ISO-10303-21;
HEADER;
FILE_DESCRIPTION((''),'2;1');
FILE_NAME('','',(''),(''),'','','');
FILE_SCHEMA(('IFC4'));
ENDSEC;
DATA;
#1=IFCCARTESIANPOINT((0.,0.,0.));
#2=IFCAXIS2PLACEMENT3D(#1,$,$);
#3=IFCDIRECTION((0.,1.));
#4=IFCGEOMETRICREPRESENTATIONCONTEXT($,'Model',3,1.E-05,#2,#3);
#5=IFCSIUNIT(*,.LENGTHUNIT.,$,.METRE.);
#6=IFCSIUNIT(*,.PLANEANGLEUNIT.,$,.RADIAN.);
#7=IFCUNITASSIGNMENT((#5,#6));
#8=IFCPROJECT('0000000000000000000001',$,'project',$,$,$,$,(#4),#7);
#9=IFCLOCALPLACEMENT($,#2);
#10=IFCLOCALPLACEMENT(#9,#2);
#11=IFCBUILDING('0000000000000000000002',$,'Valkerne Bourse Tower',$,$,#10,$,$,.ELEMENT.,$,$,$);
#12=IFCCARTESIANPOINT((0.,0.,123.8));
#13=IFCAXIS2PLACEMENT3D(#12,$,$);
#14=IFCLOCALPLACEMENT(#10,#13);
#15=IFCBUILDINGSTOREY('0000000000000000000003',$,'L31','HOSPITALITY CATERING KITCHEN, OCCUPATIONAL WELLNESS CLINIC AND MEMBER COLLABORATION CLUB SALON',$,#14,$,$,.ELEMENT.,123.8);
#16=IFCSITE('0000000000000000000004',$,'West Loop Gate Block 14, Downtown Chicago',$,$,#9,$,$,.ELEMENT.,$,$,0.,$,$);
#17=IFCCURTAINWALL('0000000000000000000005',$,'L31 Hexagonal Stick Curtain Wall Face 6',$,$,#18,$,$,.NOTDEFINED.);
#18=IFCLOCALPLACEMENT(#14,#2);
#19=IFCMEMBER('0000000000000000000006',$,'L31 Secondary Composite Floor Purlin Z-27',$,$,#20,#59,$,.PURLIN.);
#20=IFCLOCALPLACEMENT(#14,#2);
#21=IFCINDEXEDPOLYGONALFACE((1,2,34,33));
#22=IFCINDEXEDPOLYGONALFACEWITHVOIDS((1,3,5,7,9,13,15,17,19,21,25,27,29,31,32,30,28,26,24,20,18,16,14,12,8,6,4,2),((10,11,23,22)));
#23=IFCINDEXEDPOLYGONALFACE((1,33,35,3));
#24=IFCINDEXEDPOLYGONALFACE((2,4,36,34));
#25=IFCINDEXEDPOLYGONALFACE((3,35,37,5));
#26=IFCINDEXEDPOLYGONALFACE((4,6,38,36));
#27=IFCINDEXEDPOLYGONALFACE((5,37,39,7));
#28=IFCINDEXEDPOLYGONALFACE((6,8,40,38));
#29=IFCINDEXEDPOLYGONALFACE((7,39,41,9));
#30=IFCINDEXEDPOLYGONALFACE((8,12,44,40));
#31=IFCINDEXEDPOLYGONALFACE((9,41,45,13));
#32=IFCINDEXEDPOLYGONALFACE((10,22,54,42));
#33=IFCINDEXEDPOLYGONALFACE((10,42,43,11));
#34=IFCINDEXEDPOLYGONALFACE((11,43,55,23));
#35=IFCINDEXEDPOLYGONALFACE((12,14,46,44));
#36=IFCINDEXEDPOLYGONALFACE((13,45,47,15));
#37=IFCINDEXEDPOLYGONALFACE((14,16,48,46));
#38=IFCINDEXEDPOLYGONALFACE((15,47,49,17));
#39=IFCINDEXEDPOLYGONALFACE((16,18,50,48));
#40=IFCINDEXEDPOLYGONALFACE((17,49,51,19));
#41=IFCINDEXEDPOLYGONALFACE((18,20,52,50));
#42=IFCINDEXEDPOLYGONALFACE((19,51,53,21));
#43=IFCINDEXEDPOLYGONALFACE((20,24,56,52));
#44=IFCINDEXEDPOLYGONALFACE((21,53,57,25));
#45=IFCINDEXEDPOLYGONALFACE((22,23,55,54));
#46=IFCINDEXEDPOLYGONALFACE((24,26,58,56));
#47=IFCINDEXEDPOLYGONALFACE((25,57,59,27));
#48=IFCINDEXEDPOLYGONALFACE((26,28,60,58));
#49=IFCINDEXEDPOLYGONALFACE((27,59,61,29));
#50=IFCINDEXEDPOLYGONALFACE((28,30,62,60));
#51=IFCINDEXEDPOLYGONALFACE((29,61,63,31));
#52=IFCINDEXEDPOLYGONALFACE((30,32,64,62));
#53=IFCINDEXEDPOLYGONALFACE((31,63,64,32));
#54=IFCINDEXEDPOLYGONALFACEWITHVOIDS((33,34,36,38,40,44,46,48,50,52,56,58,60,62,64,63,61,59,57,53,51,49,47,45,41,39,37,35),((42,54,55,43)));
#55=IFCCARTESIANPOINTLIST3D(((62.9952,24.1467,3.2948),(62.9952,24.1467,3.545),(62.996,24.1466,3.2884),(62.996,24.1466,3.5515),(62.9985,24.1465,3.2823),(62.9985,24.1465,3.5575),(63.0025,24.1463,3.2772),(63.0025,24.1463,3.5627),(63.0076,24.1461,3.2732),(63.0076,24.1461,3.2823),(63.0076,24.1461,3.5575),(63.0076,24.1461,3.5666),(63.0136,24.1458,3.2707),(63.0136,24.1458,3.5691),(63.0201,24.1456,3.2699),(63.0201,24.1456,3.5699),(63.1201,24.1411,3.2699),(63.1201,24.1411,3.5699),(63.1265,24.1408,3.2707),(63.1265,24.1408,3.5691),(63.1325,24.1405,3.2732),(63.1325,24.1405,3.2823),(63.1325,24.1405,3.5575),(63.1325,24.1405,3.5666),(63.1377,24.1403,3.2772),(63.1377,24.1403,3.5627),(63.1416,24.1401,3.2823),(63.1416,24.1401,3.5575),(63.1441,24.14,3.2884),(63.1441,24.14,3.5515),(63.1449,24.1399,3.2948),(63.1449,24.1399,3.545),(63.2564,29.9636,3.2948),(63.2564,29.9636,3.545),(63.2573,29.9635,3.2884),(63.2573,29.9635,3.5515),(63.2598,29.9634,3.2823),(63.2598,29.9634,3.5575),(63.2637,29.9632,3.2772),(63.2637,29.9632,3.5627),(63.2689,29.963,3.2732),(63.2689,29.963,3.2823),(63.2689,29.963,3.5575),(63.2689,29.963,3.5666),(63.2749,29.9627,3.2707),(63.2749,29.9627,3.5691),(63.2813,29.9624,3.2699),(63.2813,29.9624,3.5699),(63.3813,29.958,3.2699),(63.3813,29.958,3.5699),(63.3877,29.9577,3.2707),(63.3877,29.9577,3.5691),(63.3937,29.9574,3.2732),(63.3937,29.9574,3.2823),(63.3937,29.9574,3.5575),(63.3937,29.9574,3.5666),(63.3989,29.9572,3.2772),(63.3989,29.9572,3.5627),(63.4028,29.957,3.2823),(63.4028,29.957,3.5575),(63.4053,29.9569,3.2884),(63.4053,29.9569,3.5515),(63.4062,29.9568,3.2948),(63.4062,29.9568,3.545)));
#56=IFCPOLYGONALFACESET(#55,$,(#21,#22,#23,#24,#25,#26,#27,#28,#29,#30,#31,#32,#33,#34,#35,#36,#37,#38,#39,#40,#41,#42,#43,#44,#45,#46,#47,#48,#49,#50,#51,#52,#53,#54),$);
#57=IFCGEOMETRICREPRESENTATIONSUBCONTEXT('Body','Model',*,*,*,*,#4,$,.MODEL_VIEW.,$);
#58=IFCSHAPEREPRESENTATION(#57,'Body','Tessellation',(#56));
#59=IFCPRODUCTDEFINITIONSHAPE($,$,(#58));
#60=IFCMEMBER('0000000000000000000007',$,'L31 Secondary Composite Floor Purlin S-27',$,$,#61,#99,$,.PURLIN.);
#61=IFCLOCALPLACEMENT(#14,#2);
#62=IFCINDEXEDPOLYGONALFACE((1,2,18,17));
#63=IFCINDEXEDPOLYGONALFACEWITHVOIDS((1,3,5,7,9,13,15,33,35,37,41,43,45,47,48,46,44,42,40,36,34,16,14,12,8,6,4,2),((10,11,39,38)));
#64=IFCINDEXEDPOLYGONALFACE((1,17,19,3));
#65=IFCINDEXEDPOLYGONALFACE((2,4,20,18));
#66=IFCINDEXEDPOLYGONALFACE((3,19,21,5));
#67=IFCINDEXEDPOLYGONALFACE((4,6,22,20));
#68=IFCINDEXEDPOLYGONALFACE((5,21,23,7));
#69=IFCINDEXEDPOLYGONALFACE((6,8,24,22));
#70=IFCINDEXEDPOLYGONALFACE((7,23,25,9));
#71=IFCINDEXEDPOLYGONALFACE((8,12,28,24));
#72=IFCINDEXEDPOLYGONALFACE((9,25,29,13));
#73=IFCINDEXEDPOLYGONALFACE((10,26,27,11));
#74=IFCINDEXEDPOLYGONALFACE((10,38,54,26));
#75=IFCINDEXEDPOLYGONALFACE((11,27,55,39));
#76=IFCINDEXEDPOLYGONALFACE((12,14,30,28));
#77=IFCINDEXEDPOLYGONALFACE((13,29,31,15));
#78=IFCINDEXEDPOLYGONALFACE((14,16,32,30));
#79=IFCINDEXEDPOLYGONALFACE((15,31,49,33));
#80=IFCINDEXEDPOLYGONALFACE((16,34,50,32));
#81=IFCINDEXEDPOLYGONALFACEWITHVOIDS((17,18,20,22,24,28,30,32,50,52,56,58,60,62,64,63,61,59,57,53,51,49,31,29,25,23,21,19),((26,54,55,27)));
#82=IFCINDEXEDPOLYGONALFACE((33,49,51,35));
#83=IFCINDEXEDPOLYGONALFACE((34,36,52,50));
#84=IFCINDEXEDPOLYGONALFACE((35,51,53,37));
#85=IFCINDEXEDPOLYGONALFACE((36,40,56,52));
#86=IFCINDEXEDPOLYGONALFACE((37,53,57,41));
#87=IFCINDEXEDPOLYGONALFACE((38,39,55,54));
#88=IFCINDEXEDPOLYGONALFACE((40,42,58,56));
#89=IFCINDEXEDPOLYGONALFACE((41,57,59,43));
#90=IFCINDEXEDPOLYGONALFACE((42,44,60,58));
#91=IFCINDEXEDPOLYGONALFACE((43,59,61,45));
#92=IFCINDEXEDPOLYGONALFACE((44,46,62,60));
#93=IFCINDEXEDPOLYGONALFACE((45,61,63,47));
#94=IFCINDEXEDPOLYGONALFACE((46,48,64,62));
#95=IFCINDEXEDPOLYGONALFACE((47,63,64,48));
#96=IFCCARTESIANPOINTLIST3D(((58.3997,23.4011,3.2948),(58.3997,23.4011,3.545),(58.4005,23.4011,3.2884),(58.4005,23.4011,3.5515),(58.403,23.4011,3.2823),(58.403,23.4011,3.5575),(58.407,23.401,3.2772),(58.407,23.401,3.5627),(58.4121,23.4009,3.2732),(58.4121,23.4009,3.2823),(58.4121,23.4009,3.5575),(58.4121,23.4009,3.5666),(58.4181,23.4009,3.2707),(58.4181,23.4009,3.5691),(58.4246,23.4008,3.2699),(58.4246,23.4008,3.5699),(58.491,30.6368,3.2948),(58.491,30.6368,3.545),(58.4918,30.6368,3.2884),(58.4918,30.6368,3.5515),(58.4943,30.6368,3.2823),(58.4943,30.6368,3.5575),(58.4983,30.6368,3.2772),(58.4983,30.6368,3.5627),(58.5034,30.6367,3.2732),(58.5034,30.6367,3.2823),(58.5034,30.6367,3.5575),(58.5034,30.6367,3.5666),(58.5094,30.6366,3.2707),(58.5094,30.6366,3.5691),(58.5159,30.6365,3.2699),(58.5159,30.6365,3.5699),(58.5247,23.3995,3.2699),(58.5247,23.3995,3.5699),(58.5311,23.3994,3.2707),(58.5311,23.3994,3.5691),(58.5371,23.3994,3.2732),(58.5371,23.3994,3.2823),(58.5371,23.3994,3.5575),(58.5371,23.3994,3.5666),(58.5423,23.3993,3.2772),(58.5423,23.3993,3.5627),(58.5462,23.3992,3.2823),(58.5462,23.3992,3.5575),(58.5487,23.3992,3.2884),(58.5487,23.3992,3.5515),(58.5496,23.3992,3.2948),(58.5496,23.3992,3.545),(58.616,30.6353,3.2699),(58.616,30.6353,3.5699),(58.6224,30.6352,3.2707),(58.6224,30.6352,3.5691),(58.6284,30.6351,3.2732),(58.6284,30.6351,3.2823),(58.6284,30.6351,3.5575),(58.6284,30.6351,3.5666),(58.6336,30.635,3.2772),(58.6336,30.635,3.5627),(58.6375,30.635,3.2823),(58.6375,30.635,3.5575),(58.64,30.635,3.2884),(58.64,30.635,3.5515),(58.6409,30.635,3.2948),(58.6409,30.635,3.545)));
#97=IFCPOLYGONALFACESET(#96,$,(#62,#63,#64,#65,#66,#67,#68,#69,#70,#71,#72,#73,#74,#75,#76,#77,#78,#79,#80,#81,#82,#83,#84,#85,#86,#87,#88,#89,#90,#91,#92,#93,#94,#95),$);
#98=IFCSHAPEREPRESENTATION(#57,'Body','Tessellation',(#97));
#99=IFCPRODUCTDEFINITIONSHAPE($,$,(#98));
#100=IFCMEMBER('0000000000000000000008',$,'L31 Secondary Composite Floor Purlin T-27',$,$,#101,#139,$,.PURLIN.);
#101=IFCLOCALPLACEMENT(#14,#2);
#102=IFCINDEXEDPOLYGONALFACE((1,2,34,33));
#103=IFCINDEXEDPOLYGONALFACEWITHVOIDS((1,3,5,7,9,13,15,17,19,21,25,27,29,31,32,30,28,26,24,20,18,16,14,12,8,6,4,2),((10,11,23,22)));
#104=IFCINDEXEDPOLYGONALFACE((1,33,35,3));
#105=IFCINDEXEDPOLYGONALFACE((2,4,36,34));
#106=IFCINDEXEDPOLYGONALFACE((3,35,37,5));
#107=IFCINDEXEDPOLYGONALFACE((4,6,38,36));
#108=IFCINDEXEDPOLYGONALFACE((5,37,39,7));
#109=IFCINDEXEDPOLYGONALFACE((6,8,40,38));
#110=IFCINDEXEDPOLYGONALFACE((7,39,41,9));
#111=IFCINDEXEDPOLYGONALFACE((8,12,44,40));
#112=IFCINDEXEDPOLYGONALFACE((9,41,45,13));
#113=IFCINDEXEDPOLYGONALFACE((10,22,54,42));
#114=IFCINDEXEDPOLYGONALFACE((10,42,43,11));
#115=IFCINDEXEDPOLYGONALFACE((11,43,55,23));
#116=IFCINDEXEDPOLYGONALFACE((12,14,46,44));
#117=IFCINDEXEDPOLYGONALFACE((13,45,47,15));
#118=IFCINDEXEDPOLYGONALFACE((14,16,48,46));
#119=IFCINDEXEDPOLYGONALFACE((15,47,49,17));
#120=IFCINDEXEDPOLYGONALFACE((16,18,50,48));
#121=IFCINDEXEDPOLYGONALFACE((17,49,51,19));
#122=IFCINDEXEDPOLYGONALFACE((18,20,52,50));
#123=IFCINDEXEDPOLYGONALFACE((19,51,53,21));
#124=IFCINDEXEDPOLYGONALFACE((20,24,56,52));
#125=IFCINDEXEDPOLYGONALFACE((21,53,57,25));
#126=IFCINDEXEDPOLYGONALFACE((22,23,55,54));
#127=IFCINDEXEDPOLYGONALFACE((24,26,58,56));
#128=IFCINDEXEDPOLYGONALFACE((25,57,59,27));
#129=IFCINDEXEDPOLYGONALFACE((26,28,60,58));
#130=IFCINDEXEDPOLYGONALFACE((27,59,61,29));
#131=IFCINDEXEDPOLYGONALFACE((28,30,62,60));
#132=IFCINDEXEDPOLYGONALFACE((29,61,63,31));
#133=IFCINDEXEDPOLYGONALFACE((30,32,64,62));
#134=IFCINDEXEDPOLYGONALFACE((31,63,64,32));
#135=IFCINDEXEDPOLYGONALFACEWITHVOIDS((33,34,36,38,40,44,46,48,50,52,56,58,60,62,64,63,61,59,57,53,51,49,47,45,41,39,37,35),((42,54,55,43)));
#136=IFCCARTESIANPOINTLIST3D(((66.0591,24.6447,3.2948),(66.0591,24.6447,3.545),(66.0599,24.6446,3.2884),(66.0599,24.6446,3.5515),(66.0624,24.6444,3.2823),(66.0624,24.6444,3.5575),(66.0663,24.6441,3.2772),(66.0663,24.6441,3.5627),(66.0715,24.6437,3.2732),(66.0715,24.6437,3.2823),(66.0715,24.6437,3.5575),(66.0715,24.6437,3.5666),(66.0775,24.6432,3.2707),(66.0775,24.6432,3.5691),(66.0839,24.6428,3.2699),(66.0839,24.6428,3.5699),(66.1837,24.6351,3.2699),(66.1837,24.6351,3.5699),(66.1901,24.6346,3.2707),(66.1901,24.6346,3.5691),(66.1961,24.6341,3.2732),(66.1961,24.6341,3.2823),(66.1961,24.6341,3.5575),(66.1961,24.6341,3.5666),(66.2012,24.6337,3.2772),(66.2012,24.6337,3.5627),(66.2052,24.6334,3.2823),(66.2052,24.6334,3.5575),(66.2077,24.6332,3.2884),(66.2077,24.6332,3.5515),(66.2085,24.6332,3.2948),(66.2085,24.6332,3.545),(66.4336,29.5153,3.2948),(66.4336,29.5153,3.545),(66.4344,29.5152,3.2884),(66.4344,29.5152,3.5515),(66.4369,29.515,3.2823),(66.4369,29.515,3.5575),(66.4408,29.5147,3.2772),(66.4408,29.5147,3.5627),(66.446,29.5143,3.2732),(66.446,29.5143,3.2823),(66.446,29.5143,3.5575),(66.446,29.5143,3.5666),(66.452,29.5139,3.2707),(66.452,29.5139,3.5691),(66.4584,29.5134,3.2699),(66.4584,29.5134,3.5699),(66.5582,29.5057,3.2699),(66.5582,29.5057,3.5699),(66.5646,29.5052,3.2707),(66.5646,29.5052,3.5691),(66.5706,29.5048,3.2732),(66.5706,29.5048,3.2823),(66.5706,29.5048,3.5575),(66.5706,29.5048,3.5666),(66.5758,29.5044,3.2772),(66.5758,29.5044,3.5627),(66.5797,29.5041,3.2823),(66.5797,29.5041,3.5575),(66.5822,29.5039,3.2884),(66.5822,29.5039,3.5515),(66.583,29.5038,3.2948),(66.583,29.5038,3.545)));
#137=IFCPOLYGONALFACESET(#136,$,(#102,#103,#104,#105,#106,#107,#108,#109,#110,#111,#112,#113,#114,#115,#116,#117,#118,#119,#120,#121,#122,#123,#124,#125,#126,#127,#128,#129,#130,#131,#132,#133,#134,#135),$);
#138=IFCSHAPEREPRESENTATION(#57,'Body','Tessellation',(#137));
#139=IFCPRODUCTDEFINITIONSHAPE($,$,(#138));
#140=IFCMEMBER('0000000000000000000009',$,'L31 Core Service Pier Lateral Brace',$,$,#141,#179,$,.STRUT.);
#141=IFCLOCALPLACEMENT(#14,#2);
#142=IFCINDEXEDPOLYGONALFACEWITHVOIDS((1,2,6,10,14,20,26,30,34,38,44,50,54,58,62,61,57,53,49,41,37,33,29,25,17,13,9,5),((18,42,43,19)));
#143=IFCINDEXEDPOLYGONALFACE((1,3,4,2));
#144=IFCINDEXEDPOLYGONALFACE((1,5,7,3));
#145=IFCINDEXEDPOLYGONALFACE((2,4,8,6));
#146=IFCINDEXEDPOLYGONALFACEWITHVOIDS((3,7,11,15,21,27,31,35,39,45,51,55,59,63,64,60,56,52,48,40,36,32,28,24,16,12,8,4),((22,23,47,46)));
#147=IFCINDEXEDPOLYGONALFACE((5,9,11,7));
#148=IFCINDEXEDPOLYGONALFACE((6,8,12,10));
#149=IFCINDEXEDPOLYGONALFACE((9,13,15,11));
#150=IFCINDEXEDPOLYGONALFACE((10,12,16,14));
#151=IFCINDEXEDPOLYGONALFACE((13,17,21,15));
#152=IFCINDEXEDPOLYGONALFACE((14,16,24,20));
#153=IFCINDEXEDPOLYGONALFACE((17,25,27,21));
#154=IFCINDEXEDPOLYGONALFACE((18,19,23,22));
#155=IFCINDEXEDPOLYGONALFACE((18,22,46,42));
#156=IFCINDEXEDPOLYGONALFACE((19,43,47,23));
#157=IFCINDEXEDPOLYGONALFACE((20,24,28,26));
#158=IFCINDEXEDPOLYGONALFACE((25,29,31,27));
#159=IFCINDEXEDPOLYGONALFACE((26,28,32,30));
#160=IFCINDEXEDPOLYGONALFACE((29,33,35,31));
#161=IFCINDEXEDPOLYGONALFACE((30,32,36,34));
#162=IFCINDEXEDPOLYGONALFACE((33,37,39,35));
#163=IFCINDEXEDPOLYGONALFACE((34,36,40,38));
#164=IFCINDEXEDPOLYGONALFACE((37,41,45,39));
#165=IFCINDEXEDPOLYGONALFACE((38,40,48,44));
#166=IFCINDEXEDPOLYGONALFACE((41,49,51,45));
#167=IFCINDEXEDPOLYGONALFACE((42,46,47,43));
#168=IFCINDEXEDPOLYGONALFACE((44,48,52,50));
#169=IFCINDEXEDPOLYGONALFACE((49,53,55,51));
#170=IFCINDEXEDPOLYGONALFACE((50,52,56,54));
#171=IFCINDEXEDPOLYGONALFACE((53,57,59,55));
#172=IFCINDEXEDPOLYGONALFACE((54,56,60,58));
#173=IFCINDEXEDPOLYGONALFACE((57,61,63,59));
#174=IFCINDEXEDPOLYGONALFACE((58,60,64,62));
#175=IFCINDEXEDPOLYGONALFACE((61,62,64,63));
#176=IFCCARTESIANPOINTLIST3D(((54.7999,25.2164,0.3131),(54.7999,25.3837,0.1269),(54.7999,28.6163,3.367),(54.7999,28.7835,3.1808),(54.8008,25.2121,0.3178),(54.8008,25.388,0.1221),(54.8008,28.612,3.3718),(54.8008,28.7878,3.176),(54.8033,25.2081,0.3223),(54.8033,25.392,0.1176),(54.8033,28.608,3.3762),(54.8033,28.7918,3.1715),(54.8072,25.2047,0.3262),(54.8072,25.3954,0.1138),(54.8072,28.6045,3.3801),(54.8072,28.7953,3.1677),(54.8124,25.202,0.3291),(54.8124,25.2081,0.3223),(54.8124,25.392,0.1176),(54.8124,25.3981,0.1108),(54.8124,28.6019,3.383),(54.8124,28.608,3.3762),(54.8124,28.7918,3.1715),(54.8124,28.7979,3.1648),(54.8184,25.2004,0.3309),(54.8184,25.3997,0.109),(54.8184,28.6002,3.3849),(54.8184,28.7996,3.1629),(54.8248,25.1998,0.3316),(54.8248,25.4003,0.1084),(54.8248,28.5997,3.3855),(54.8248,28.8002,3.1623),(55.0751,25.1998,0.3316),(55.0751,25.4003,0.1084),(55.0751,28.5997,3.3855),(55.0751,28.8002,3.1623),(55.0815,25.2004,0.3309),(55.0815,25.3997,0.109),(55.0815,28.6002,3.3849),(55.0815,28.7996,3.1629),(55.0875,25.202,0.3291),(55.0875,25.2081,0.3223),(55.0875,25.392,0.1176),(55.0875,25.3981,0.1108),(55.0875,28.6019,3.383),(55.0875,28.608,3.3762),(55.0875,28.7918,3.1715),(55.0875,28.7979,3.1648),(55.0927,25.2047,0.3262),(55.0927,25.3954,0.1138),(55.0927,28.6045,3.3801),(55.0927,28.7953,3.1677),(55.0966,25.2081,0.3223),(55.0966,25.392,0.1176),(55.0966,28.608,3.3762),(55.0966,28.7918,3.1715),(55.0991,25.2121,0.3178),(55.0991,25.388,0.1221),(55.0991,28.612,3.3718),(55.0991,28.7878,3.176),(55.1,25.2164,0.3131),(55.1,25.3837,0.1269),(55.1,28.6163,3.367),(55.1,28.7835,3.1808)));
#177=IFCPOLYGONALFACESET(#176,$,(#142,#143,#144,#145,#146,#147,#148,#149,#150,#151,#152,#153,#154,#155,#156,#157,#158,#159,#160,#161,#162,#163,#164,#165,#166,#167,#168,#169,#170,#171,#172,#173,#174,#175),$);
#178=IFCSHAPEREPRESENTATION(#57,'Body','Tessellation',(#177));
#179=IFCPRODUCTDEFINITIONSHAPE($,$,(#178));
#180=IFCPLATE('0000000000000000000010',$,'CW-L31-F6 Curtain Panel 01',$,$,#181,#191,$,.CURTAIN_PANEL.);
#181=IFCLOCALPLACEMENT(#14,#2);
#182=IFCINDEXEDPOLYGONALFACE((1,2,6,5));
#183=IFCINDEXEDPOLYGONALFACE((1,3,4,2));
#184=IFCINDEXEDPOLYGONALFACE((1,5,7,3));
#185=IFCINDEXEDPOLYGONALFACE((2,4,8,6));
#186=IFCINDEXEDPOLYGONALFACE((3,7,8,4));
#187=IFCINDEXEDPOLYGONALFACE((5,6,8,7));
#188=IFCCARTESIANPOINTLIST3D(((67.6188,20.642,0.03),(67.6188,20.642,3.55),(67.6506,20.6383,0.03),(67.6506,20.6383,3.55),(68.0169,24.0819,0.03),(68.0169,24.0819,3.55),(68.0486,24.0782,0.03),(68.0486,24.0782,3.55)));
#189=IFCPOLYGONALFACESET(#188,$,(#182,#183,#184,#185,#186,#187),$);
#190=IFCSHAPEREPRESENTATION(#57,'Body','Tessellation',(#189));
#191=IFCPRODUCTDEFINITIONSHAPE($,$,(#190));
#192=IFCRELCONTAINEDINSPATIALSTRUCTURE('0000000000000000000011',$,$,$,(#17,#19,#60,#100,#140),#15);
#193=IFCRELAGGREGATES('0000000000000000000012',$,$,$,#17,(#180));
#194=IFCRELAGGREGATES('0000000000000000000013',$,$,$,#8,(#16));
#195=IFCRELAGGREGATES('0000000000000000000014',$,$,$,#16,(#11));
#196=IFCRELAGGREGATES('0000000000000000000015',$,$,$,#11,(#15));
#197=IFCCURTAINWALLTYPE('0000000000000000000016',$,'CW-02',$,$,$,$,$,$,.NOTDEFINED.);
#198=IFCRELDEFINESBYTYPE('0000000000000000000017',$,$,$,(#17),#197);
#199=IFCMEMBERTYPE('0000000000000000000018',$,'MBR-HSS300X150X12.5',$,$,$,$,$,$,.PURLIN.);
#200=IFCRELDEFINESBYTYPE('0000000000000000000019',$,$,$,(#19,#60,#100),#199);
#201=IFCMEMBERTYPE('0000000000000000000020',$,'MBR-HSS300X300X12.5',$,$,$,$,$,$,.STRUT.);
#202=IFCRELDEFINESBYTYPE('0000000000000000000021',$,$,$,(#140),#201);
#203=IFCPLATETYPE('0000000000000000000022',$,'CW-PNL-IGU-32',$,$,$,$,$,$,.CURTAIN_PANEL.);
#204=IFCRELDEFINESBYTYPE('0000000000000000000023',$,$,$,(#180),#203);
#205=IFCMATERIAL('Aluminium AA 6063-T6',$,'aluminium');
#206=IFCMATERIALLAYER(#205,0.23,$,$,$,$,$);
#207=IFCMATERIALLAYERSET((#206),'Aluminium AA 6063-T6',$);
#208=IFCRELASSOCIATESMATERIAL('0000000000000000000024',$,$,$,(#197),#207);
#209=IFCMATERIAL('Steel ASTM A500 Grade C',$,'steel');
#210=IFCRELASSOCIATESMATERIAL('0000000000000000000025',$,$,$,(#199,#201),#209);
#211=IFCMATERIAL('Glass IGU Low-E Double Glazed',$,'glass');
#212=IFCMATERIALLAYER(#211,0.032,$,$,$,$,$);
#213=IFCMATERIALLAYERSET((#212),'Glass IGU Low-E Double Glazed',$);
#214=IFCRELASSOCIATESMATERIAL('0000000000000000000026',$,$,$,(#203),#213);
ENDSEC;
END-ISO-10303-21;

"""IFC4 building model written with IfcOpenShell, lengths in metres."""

from ifc_helpers import new_model, si_unit, direction, frame, origin, origin_2d, place, context, subcontext, project, spatial, rectangle, hollow_rectangle, extrude, material, layer, layer_set, material_profile, profile_set, type_object, element, aggregate, save


model = new_model("IFC4")

# Units and contexts
model_context = context("Model", 3, precision=1e-05, world=origin(), true_north=direction((0.0, 1.0)))
body_context = subcontext(model_context, "Body", "Model", "MODEL_VIEW")
ifc_project = project(units=[si_unit("LENGTHUNIT", "METRE"), si_unit("PLANEANGLEUNIT", "RADIAN")], contexts=[model_context])

# Site, building, storey
site_placement = place(None, origin())
site = spatial("IfcSite", under=ifc_project, at=site_placement, Name="West Loop Gate Block 14, Downtown Chicago", CompositionType="ELEMENT", RefElevation=0.0)
building_placement = place(site_placement, origin())
building = spatial("IfcBuilding", under=site, at=building_placement, Name="Valkerne Bourse Tower", CompositionType="ELEMENT")
storey_placement = place(building_placement, frame((0.0, 0.0, 123.8)))
storey = spatial("IfcBuildingStorey", under=building, at=storey_placement, Name="L31", Description="HOSPITALITY CATERING KITCHEN, OCCUPATIONAL WELLNESS CLINIC AND MEMBER COLLABORATION CLUB SALON", CompositionType="ELEMENT", Elevation=123.8)

# Curtain wall
ifc_material_1 = material(Name="Aluminium AA 6063-T6", Category="aluminium")
ifc_layer_1 = layer(ifc_material_1, 0.23)
ifc_layer_set_1 = layer_set([ifc_layer_1], Name="Aluminium AA 6063-T6")
curtain_wall_type = type_object("IfcCurtainWallType", Name="CW-02", PredefinedType="NOTDEFINED", material=ifc_layer_set_1)
curtain_wall_placement = place(storey_placement, origin())
curtain_wall = element("IfcCurtainWall", 1, at=curtain_wall_placement, inside=storey, type_object=curtain_wall_type, Name="L31 Hexagonal Stick Curtain Wall Face 6", PredefinedType="NOTDEFINED")

# Members
ifc_material_2 = material(Name="Steel ASTM A500 Grade C", Category="steel")
ifc_material_profile_1 = material_profile(ifc_material_2, hollow_rectangle(XDim=0.1499, YDim=0.3, WallThickness=0.0125, OuterFilletRadius=0.0249, at=origin_2d()), Name="HSS300X150X12.5")
ifc_profile_set_1 = profile_set([ifc_material_profile_1], Name="Steel ASTM A500 Grade C")
member_type_1 = type_object("IfcMemberType", Name="MBR-HSS300X150X12.5", PredefinedType="PURLIN", material=ifc_profile_set_1)
member_1_placement = place(storey_placement, frame((63.0701, 24.1433, 3.4199), z_axis=(0.044864, 0.998993, 0.0), x_axis=(-0.998993, 0.044864, 0.0)))
element("IfcMember", 2, at=member_1_placement, inside=storey, type_object=member_type_1, Name="L31 Secondary Composite Floor Purlin Z-27", PredefinedType="PURLIN", context=body_context, shape_type="SweptSolid", body=[
    extrude(hollow_rectangle(XDim=0.1499, YDim=0.3, WallThickness=0.0125, OuterFilletRadius=0.0249, at=origin_2d()), origin(), (0.0, 0.0, 1.0), 5.8228),
])
member_2_placement = place(storey_placement, frame((58.4746, 23.4001, 3.4199), z_axis=(0.012618, 0.99992, 0.0), x_axis=(-0.99992, 0.012618, 0.0)))
element("IfcMember", 3, at=member_2_placement, inside=storey, type_object=member_type_1, Name="L31 Secondary Composite Floor Purlin S-27", PredefinedType="PURLIN", context=body_context, shape_type="SweptSolid", body=[
    extrude(hollow_rectangle(XDim=0.1499, YDim=0.3, WallThickness=0.0125, OuterFilletRadius=0.0249, at=origin_2d()), origin(), (0.0, 0.0, 1.0), 7.2363),
])
member_3_placement = place(storey_placement, frame((66.1338, 24.6389, 3.4199), z_axis=(0.076666, 0.997057, 0.0), x_axis=(-0.997057, 0.076666, 0.0)))
element("IfcMember", 4, at=member_3_placement, inside=storey, type_object=member_type_1, Name="L31 Secondary Composite Floor Purlin T-27", PredefinedType="PURLIN", context=body_context, shape_type="SweptSolid", body=[
    extrude(hollow_rectangle(XDim=0.1499, YDim=0.3, WallThickness=0.0125, OuterFilletRadius=0.0249, at=origin_2d()), origin(), (0.0, 0.0, 1.0), 4.885),
])
ifc_material_profile_2 = material_profile(ifc_material_2, hollow_rectangle(XDim=0.3, YDim=0.3, WallThickness=0.0125, OuterFilletRadius=0.0249, at=origin_2d()), Name="HSS300X300X12.5")
ifc_profile_set_2 = profile_set([ifc_material_profile_2], Name="Steel ASTM A500 Grade C")
member_type_2 = type_object("IfcMemberType", Name="MBR-HSS300X300X12.5", PredefinedType="STRUT", material=ifc_profile_set_2)
member_4_placement = place(storey_placement, frame((54.95, 25.3, 0.22), z_axis=(0.0, 0.743942, 0.668244), x_axis=(-1.0, 0.0, 0.0)))
element("IfcMember", 5, at=member_4_placement, inside=storey, type_object=member_type_2, Name="L31 Core Service Pier Lateral Brace", PredefinedType="STRUT", context=body_context, shape_type="SweptSolid", body=[
    extrude(hollow_rectangle(XDim=0.3, YDim=0.3, WallThickness=0.0125, OuterFilletRadius=0.0249, at=origin_2d()), origin(), (0.0, 0.0, 1.0), 4.5701),
])

# Plate
ifc_material_3 = material(Name="Glass IGU Low-E Double Glazed", Category="glass")
ifc_layer_2 = layer(ifc_material_3, 0.032)
ifc_layer_set_2 = layer_set([ifc_layer_2], Name="Glass IGU Low-E Double Glazed")
plate_type_1 = type_object("IfcPlateType", Name="CW-PNL-IGU-32", PredefinedType="CURTAIN_PANEL", material=ifc_layer_set_2)
plate_1_placement = place(storey_placement, frame((67.8337, 22.3601, 0.03), z_axis=(0.0, 0.0, 1.0), x_axis=(0.114945, 0.993372, 0.0)))
plate_1 = element("IfcPlate", 6, at=plate_1_placement, type_object=plate_type_1, Name="CW-L31-F6 Curtain Panel 01", PredefinedType="CURTAIN_PANEL", context=body_context, shape_type="SweptSolid", body=[
    extrude(rectangle(XDim=3.4629, YDim=0.032, at=origin_2d()), origin(), (0.0, 0.0, 1.0), 3.52),
])
aggregate(curtain_wall, [plate_1])

save(model, "model.ifc")
